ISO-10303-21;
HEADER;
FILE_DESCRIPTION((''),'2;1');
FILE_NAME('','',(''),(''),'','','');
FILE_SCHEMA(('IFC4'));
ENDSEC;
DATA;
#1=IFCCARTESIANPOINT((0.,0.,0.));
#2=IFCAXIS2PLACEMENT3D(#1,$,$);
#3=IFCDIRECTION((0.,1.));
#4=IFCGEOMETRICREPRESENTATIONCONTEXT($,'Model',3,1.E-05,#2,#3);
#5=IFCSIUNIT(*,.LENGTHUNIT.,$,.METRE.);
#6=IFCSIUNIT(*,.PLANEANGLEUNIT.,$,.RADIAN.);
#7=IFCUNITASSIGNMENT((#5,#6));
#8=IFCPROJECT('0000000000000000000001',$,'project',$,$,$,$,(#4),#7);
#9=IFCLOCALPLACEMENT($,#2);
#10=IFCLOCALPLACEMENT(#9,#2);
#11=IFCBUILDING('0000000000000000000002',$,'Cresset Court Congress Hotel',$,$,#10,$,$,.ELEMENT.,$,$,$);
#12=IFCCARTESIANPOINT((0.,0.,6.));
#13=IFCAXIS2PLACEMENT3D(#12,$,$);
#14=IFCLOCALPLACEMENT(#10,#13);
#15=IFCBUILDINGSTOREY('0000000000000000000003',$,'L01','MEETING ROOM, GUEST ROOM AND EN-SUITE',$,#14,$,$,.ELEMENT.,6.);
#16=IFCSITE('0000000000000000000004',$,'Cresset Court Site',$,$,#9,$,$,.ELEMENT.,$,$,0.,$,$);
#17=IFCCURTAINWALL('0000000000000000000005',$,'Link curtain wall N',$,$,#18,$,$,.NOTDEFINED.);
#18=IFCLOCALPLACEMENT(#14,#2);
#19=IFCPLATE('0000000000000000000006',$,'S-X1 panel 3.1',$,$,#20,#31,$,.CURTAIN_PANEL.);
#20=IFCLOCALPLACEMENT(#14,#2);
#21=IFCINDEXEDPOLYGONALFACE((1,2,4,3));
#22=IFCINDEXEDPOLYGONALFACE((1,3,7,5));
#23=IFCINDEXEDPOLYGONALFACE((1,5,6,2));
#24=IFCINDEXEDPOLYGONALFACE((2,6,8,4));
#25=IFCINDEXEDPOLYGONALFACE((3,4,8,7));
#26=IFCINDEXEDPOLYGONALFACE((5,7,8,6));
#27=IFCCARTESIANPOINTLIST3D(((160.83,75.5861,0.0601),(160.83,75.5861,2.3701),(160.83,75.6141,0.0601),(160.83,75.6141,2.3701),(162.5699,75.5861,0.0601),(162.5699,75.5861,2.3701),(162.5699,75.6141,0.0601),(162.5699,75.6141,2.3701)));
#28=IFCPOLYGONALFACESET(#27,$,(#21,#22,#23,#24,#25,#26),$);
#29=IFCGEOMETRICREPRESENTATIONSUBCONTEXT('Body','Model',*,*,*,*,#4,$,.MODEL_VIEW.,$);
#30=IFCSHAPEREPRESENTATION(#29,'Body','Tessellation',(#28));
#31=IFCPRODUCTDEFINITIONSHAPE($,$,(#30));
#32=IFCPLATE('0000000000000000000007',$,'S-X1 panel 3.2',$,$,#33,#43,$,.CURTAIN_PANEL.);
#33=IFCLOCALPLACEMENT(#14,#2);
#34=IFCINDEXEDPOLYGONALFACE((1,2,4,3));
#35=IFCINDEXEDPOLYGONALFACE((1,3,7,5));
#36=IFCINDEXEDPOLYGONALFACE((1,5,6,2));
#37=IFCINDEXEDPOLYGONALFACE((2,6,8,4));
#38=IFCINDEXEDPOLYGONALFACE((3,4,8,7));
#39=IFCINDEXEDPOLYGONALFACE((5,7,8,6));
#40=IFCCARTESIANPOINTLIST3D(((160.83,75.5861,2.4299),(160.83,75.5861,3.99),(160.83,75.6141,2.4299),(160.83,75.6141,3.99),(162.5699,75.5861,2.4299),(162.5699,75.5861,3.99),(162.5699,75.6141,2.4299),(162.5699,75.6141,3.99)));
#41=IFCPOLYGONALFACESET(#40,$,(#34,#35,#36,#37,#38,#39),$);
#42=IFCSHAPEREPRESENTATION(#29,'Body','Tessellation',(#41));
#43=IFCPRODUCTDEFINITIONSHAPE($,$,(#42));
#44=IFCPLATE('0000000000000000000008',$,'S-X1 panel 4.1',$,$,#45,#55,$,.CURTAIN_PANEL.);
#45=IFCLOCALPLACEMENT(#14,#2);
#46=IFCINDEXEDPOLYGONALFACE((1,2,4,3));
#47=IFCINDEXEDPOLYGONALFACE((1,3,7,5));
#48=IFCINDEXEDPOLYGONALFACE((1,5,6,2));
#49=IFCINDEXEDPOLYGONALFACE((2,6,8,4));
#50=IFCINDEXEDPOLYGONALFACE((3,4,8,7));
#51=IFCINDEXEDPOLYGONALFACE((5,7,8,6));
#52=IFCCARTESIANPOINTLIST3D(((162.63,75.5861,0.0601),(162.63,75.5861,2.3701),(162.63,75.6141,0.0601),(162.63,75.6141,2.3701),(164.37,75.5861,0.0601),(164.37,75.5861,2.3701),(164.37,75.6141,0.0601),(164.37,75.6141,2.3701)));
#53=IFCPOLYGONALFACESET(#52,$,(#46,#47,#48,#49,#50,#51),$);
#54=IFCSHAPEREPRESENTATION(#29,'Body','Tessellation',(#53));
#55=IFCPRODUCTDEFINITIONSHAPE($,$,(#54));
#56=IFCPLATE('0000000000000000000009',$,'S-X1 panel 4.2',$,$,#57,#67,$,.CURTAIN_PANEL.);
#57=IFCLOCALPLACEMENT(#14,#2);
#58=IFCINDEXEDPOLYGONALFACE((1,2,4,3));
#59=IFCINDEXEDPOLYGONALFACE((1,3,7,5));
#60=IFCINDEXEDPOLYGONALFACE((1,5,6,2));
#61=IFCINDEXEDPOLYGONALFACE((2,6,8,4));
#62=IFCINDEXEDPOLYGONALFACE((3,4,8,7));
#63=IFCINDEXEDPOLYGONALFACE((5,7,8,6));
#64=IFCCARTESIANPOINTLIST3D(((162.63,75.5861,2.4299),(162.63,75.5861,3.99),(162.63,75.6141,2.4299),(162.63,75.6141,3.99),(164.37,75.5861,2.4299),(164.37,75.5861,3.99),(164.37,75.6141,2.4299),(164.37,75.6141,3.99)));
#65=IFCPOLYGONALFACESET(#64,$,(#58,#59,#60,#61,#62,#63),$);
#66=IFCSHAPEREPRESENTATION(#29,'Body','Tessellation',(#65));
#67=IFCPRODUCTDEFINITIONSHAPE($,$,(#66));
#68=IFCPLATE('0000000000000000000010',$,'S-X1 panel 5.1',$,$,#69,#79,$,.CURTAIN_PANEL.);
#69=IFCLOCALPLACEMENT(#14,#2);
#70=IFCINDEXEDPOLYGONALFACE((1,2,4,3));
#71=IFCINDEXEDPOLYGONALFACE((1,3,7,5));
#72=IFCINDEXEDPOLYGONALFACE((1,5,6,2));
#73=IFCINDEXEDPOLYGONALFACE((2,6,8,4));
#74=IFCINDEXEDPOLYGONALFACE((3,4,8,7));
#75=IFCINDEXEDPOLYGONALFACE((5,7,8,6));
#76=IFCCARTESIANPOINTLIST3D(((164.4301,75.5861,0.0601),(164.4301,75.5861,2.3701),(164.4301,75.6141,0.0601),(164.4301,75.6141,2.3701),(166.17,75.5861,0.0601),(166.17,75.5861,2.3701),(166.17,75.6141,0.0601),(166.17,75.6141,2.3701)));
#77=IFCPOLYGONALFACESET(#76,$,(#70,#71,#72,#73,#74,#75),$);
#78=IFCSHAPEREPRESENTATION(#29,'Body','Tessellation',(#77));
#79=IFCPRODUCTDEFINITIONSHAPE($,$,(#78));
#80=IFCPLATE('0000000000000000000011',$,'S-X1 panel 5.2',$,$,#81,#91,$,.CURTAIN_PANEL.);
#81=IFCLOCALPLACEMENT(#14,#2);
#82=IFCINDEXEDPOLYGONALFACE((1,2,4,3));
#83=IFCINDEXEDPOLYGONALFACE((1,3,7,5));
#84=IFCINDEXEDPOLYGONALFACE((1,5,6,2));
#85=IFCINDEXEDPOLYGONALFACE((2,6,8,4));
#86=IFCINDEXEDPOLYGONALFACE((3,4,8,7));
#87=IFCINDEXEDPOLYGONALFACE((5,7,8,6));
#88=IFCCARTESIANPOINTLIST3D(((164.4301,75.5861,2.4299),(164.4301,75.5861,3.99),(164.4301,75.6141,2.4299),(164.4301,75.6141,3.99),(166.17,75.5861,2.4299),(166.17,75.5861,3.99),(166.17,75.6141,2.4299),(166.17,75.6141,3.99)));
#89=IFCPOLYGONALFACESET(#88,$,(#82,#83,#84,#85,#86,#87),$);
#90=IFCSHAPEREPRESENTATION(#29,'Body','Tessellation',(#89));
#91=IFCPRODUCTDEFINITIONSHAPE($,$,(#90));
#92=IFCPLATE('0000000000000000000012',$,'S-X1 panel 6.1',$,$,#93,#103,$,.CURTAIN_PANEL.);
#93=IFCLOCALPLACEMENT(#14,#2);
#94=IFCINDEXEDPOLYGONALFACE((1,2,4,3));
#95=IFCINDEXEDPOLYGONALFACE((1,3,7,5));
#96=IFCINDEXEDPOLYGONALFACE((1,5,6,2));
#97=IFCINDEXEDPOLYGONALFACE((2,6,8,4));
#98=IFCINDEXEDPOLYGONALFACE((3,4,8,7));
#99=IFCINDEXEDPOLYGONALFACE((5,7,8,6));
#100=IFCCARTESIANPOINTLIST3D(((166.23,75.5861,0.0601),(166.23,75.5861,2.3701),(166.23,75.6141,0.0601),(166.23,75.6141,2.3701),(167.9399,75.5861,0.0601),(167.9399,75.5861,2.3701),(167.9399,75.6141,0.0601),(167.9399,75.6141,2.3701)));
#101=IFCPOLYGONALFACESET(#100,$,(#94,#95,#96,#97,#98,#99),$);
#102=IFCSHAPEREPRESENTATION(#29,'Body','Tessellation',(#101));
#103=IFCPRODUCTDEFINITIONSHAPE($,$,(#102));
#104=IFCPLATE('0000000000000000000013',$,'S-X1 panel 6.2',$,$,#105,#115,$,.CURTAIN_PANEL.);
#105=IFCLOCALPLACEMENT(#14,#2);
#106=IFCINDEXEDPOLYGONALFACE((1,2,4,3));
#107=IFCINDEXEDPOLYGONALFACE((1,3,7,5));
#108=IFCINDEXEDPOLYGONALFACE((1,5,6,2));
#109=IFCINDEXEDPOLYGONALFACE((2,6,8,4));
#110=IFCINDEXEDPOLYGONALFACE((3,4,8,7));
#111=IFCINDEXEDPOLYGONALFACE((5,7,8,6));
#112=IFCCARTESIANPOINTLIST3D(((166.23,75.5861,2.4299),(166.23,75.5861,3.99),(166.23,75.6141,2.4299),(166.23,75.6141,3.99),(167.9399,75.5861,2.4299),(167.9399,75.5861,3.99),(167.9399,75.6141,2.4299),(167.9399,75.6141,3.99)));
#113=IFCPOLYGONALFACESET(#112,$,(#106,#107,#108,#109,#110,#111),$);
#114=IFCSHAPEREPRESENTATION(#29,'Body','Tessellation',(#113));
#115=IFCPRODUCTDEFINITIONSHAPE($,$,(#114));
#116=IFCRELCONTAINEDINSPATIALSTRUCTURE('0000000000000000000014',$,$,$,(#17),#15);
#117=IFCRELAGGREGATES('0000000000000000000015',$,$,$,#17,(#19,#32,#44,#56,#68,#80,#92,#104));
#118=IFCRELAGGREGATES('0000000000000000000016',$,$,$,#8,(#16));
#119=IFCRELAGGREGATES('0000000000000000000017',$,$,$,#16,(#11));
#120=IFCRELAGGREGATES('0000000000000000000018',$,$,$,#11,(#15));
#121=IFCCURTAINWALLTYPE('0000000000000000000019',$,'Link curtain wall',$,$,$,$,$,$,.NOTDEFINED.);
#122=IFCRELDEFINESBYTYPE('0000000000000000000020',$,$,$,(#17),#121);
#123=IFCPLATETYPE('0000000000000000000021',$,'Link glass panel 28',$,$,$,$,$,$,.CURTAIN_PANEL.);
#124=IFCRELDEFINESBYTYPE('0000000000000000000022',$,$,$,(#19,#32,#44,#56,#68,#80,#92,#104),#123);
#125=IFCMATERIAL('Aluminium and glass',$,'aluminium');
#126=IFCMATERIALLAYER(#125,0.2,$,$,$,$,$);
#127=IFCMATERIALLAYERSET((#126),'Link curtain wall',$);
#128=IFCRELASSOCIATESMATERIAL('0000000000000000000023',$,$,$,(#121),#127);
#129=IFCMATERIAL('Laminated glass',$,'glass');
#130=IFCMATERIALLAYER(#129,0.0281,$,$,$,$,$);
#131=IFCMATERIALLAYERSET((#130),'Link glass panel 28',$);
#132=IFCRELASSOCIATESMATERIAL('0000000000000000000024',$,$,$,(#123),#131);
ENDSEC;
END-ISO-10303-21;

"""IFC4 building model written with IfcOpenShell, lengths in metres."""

from ifc_helpers import new_model, si_unit, direction, frame, origin, origin_2d, place, context, subcontext, project, spatial, rectangle, extrude, material, layer, layer_set, type_object, element, aggregate, save


model = new_model("IFC4")

# Units and contexts
model_context = context("Model", 3, precision=1e-05, world=origin(), true_north=direction((0.0, 1.0)))
body_context = subcontext(model_context, "Body", "Model", "MODEL_VIEW")
ifc_project = project(units=[si_unit("LENGTHUNIT", "METRE"), si_unit("PLANEANGLEUNIT", "RADIAN")], contexts=[model_context])

# Site, building, storey
site_placement = place(None, origin())
site = spatial("IfcSite", under=ifc_project, at=site_placement, Name="Cresset Court Site", CompositionType="ELEMENT", RefElevation=0.0)
building_placement = place(site_placement, origin())
building = spatial("IfcBuilding", under=site, at=building_placement, Name="Cresset Court Congress Hotel", CompositionType="ELEMENT")
storey_placement = place(building_placement, frame((0.0, 0.0, 6.0)))
storey = spatial("IfcBuildingStorey", under=building, at=storey_placement, Name="L01", Description="MEETING ROOM, GUEST ROOM AND EN-SUITE", CompositionType="ELEMENT", Elevation=6.0)

# Curtain wall, plates
ifc_material_1 = material(Name="Aluminium and glass", Category="aluminium")
ifc_layer_1 = layer(ifc_material_1, 0.2)
ifc_layer_set_1 = layer_set([ifc_layer_1], Name="Link curtain wall")
curtain_wall_type = type_object("IfcCurtainWallType", Name="Link curtain wall", PredefinedType="NOTDEFINED", material=ifc_layer_set_1)
curtain_wall_placement = place(storey_placement, origin())
curtain_wall = element("IfcCurtainWall", 1, at=curtain_wall_placement, inside=storey, type_object=curtain_wall_type, Name="Link curtain wall N", PredefinedType="NOTDEFINED")
ifc_material_2 = material(Name="Laminated glass", Category="glass")
ifc_layer_2 = layer(ifc_material_2, 0.0281)
ifc_layer_set_2 = layer_set([ifc_layer_2], Name="Link glass panel 28")
plate_type = type_object("IfcPlateType", Name="Link glass panel 28", PredefinedType="CURTAIN_PANEL", material=ifc_layer_set_2)
plate_1_placement = place(storey_placement, frame((161.7, 75.6001, 0.0601), z_axis=(0.0, 0.0, 1.0), x_axis=(1.0, 0.0, 0.0)))
plate_1 = element("IfcPlate", 2, at=plate_1_placement, type_object=plate_type, Name="S-X1 panel 3.1", PredefinedType="CURTAIN_PANEL", context=body_context, shape_type="SweptSolid", body=[
    extrude(rectangle(XDim=1.74, YDim=0.0281, at=origin_2d()), origin(), (0.0, 0.0, 1.0), 2.3101),
])
plate_2_placement = place(storey_placement, frame((161.7, 75.6001, 2.4299), z_axis=(0.0, 0.0, 1.0), x_axis=(1.0, 0.0, 0.0)))
plate_2 = element("IfcPlate", 3, at=plate_2_placement, type_object=plate_type, Name="S-X1 panel 3.2", PredefinedType="CURTAIN_PANEL", context=body_context, shape_type="SweptSolid", body=[
    extrude(rectangle(XDim=1.74, YDim=0.0281, at=origin_2d()), origin(), (0.0, 0.0, 1.0), 1.5601),
])
plate_3_placement = place(storey_placement, frame((163.5, 75.6001, 0.0601), z_axis=(0.0, 0.0, 1.0), x_axis=(1.0, 0.0, 0.0)))
plate_3 = element("IfcPlate", 4, at=plate_3_placement, type_object=plate_type, Name="S-X1 panel 4.1", PredefinedType="CURTAIN_PANEL", context=body_context, shape_type="SweptSolid", body=[
    extrude(rectangle(XDim=1.74, YDim=0.0281, at=origin_2d()), origin(), (0.0, 0.0, 1.0), 2.3101),
])
plate_4_placement = place(storey_placement, frame((163.5, 75.6001, 2.4299), z_axis=(0.0, 0.0, 1.0), x_axis=(1.0, 0.0, 0.0)))
plate_4 = element("IfcPlate", 5, at=plate_4_placement, type_object=plate_type, Name="S-X1 panel 4.2", PredefinedType="CURTAIN_PANEL", context=body_context, shape_type="SweptSolid", body=[
    extrude(rectangle(XDim=1.74, YDim=0.0281, at=origin_2d()), origin(), (0.0, 0.0, 1.0), 1.5601),
])
plate_5_placement = place(storey_placement, frame((165.3, 75.6001, 0.0601), z_axis=(0.0, 0.0, 1.0), x_axis=(1.0, 0.0, 0.0)))
plate_5 = element("IfcPlate", 6, at=plate_5_placement, type_object=plate_type, Name="S-X1 panel 5.1", PredefinedType="CURTAIN_PANEL", context=body_context, shape_type="SweptSolid", body=[
    extrude(rectangle(XDim=1.74, YDim=0.0281, at=origin_2d()), origin(), (0.0, 0.0, 1.0), 2.3101),
])
plate_6_placement = place(storey_placement, frame((165.3, 75.6001, 2.4299), z_axis=(0.0, 0.0, 1.0), x_axis=(1.0, 0.0, 0.0)))
plate_6 = element("IfcPlate", 7, at=plate_6_placement, type_object=plate_type, Name="S-X1 panel 5.2", PredefinedType="CURTAIN_PANEL", context=body_context, shape_type="SweptSolid", body=[
    extrude(rectangle(XDim=1.74, YDim=0.0281, at=origin_2d()), origin(), (0.0, 0.0, 1.0), 1.5601),
])
plate_7_placement = place(storey_placement, frame((167.085, 75.6001, 0.0601), z_axis=(0.0, 0.0, 1.0), x_axis=(1.0, 0.0, 0.0)))
plate_7 = element("IfcPlate", 8, at=plate_7_placement, type_object=plate_type, Name="S-X1 panel 6.1", PredefinedType="CURTAIN_PANEL", context=body_context, shape_type="SweptSolid", body=[
    extrude(rectangle(XDim=1.71, YDim=0.0281, at=origin_2d()), origin(), (0.0, 0.0, 1.0), 2.3101),
])
plate_8_placement = place(storey_placement, frame((167.085, 75.6001, 2.4299), z_axis=(0.0, 0.0, 1.0), x_axis=(1.0, 0.0, 0.0)))
plate_8 = element("IfcPlate", 9, at=plate_8_placement, type_object=plate_type, Name="S-X1 panel 6.2", PredefinedType="CURTAIN_PANEL", context=body_context, shape_type="SweptSolid", body=[
    extrude(rectangle(XDim=1.71, YDim=0.0281, at=origin_2d()), origin(), (0.0, 0.0, 1.0), 1.5601),
])
aggregate(curtain_wall, [plate_1, plate_2, plate_3, plate_4, plate_5, plate_6, plate_7, plate_8])

save(model, "model.ifc")
